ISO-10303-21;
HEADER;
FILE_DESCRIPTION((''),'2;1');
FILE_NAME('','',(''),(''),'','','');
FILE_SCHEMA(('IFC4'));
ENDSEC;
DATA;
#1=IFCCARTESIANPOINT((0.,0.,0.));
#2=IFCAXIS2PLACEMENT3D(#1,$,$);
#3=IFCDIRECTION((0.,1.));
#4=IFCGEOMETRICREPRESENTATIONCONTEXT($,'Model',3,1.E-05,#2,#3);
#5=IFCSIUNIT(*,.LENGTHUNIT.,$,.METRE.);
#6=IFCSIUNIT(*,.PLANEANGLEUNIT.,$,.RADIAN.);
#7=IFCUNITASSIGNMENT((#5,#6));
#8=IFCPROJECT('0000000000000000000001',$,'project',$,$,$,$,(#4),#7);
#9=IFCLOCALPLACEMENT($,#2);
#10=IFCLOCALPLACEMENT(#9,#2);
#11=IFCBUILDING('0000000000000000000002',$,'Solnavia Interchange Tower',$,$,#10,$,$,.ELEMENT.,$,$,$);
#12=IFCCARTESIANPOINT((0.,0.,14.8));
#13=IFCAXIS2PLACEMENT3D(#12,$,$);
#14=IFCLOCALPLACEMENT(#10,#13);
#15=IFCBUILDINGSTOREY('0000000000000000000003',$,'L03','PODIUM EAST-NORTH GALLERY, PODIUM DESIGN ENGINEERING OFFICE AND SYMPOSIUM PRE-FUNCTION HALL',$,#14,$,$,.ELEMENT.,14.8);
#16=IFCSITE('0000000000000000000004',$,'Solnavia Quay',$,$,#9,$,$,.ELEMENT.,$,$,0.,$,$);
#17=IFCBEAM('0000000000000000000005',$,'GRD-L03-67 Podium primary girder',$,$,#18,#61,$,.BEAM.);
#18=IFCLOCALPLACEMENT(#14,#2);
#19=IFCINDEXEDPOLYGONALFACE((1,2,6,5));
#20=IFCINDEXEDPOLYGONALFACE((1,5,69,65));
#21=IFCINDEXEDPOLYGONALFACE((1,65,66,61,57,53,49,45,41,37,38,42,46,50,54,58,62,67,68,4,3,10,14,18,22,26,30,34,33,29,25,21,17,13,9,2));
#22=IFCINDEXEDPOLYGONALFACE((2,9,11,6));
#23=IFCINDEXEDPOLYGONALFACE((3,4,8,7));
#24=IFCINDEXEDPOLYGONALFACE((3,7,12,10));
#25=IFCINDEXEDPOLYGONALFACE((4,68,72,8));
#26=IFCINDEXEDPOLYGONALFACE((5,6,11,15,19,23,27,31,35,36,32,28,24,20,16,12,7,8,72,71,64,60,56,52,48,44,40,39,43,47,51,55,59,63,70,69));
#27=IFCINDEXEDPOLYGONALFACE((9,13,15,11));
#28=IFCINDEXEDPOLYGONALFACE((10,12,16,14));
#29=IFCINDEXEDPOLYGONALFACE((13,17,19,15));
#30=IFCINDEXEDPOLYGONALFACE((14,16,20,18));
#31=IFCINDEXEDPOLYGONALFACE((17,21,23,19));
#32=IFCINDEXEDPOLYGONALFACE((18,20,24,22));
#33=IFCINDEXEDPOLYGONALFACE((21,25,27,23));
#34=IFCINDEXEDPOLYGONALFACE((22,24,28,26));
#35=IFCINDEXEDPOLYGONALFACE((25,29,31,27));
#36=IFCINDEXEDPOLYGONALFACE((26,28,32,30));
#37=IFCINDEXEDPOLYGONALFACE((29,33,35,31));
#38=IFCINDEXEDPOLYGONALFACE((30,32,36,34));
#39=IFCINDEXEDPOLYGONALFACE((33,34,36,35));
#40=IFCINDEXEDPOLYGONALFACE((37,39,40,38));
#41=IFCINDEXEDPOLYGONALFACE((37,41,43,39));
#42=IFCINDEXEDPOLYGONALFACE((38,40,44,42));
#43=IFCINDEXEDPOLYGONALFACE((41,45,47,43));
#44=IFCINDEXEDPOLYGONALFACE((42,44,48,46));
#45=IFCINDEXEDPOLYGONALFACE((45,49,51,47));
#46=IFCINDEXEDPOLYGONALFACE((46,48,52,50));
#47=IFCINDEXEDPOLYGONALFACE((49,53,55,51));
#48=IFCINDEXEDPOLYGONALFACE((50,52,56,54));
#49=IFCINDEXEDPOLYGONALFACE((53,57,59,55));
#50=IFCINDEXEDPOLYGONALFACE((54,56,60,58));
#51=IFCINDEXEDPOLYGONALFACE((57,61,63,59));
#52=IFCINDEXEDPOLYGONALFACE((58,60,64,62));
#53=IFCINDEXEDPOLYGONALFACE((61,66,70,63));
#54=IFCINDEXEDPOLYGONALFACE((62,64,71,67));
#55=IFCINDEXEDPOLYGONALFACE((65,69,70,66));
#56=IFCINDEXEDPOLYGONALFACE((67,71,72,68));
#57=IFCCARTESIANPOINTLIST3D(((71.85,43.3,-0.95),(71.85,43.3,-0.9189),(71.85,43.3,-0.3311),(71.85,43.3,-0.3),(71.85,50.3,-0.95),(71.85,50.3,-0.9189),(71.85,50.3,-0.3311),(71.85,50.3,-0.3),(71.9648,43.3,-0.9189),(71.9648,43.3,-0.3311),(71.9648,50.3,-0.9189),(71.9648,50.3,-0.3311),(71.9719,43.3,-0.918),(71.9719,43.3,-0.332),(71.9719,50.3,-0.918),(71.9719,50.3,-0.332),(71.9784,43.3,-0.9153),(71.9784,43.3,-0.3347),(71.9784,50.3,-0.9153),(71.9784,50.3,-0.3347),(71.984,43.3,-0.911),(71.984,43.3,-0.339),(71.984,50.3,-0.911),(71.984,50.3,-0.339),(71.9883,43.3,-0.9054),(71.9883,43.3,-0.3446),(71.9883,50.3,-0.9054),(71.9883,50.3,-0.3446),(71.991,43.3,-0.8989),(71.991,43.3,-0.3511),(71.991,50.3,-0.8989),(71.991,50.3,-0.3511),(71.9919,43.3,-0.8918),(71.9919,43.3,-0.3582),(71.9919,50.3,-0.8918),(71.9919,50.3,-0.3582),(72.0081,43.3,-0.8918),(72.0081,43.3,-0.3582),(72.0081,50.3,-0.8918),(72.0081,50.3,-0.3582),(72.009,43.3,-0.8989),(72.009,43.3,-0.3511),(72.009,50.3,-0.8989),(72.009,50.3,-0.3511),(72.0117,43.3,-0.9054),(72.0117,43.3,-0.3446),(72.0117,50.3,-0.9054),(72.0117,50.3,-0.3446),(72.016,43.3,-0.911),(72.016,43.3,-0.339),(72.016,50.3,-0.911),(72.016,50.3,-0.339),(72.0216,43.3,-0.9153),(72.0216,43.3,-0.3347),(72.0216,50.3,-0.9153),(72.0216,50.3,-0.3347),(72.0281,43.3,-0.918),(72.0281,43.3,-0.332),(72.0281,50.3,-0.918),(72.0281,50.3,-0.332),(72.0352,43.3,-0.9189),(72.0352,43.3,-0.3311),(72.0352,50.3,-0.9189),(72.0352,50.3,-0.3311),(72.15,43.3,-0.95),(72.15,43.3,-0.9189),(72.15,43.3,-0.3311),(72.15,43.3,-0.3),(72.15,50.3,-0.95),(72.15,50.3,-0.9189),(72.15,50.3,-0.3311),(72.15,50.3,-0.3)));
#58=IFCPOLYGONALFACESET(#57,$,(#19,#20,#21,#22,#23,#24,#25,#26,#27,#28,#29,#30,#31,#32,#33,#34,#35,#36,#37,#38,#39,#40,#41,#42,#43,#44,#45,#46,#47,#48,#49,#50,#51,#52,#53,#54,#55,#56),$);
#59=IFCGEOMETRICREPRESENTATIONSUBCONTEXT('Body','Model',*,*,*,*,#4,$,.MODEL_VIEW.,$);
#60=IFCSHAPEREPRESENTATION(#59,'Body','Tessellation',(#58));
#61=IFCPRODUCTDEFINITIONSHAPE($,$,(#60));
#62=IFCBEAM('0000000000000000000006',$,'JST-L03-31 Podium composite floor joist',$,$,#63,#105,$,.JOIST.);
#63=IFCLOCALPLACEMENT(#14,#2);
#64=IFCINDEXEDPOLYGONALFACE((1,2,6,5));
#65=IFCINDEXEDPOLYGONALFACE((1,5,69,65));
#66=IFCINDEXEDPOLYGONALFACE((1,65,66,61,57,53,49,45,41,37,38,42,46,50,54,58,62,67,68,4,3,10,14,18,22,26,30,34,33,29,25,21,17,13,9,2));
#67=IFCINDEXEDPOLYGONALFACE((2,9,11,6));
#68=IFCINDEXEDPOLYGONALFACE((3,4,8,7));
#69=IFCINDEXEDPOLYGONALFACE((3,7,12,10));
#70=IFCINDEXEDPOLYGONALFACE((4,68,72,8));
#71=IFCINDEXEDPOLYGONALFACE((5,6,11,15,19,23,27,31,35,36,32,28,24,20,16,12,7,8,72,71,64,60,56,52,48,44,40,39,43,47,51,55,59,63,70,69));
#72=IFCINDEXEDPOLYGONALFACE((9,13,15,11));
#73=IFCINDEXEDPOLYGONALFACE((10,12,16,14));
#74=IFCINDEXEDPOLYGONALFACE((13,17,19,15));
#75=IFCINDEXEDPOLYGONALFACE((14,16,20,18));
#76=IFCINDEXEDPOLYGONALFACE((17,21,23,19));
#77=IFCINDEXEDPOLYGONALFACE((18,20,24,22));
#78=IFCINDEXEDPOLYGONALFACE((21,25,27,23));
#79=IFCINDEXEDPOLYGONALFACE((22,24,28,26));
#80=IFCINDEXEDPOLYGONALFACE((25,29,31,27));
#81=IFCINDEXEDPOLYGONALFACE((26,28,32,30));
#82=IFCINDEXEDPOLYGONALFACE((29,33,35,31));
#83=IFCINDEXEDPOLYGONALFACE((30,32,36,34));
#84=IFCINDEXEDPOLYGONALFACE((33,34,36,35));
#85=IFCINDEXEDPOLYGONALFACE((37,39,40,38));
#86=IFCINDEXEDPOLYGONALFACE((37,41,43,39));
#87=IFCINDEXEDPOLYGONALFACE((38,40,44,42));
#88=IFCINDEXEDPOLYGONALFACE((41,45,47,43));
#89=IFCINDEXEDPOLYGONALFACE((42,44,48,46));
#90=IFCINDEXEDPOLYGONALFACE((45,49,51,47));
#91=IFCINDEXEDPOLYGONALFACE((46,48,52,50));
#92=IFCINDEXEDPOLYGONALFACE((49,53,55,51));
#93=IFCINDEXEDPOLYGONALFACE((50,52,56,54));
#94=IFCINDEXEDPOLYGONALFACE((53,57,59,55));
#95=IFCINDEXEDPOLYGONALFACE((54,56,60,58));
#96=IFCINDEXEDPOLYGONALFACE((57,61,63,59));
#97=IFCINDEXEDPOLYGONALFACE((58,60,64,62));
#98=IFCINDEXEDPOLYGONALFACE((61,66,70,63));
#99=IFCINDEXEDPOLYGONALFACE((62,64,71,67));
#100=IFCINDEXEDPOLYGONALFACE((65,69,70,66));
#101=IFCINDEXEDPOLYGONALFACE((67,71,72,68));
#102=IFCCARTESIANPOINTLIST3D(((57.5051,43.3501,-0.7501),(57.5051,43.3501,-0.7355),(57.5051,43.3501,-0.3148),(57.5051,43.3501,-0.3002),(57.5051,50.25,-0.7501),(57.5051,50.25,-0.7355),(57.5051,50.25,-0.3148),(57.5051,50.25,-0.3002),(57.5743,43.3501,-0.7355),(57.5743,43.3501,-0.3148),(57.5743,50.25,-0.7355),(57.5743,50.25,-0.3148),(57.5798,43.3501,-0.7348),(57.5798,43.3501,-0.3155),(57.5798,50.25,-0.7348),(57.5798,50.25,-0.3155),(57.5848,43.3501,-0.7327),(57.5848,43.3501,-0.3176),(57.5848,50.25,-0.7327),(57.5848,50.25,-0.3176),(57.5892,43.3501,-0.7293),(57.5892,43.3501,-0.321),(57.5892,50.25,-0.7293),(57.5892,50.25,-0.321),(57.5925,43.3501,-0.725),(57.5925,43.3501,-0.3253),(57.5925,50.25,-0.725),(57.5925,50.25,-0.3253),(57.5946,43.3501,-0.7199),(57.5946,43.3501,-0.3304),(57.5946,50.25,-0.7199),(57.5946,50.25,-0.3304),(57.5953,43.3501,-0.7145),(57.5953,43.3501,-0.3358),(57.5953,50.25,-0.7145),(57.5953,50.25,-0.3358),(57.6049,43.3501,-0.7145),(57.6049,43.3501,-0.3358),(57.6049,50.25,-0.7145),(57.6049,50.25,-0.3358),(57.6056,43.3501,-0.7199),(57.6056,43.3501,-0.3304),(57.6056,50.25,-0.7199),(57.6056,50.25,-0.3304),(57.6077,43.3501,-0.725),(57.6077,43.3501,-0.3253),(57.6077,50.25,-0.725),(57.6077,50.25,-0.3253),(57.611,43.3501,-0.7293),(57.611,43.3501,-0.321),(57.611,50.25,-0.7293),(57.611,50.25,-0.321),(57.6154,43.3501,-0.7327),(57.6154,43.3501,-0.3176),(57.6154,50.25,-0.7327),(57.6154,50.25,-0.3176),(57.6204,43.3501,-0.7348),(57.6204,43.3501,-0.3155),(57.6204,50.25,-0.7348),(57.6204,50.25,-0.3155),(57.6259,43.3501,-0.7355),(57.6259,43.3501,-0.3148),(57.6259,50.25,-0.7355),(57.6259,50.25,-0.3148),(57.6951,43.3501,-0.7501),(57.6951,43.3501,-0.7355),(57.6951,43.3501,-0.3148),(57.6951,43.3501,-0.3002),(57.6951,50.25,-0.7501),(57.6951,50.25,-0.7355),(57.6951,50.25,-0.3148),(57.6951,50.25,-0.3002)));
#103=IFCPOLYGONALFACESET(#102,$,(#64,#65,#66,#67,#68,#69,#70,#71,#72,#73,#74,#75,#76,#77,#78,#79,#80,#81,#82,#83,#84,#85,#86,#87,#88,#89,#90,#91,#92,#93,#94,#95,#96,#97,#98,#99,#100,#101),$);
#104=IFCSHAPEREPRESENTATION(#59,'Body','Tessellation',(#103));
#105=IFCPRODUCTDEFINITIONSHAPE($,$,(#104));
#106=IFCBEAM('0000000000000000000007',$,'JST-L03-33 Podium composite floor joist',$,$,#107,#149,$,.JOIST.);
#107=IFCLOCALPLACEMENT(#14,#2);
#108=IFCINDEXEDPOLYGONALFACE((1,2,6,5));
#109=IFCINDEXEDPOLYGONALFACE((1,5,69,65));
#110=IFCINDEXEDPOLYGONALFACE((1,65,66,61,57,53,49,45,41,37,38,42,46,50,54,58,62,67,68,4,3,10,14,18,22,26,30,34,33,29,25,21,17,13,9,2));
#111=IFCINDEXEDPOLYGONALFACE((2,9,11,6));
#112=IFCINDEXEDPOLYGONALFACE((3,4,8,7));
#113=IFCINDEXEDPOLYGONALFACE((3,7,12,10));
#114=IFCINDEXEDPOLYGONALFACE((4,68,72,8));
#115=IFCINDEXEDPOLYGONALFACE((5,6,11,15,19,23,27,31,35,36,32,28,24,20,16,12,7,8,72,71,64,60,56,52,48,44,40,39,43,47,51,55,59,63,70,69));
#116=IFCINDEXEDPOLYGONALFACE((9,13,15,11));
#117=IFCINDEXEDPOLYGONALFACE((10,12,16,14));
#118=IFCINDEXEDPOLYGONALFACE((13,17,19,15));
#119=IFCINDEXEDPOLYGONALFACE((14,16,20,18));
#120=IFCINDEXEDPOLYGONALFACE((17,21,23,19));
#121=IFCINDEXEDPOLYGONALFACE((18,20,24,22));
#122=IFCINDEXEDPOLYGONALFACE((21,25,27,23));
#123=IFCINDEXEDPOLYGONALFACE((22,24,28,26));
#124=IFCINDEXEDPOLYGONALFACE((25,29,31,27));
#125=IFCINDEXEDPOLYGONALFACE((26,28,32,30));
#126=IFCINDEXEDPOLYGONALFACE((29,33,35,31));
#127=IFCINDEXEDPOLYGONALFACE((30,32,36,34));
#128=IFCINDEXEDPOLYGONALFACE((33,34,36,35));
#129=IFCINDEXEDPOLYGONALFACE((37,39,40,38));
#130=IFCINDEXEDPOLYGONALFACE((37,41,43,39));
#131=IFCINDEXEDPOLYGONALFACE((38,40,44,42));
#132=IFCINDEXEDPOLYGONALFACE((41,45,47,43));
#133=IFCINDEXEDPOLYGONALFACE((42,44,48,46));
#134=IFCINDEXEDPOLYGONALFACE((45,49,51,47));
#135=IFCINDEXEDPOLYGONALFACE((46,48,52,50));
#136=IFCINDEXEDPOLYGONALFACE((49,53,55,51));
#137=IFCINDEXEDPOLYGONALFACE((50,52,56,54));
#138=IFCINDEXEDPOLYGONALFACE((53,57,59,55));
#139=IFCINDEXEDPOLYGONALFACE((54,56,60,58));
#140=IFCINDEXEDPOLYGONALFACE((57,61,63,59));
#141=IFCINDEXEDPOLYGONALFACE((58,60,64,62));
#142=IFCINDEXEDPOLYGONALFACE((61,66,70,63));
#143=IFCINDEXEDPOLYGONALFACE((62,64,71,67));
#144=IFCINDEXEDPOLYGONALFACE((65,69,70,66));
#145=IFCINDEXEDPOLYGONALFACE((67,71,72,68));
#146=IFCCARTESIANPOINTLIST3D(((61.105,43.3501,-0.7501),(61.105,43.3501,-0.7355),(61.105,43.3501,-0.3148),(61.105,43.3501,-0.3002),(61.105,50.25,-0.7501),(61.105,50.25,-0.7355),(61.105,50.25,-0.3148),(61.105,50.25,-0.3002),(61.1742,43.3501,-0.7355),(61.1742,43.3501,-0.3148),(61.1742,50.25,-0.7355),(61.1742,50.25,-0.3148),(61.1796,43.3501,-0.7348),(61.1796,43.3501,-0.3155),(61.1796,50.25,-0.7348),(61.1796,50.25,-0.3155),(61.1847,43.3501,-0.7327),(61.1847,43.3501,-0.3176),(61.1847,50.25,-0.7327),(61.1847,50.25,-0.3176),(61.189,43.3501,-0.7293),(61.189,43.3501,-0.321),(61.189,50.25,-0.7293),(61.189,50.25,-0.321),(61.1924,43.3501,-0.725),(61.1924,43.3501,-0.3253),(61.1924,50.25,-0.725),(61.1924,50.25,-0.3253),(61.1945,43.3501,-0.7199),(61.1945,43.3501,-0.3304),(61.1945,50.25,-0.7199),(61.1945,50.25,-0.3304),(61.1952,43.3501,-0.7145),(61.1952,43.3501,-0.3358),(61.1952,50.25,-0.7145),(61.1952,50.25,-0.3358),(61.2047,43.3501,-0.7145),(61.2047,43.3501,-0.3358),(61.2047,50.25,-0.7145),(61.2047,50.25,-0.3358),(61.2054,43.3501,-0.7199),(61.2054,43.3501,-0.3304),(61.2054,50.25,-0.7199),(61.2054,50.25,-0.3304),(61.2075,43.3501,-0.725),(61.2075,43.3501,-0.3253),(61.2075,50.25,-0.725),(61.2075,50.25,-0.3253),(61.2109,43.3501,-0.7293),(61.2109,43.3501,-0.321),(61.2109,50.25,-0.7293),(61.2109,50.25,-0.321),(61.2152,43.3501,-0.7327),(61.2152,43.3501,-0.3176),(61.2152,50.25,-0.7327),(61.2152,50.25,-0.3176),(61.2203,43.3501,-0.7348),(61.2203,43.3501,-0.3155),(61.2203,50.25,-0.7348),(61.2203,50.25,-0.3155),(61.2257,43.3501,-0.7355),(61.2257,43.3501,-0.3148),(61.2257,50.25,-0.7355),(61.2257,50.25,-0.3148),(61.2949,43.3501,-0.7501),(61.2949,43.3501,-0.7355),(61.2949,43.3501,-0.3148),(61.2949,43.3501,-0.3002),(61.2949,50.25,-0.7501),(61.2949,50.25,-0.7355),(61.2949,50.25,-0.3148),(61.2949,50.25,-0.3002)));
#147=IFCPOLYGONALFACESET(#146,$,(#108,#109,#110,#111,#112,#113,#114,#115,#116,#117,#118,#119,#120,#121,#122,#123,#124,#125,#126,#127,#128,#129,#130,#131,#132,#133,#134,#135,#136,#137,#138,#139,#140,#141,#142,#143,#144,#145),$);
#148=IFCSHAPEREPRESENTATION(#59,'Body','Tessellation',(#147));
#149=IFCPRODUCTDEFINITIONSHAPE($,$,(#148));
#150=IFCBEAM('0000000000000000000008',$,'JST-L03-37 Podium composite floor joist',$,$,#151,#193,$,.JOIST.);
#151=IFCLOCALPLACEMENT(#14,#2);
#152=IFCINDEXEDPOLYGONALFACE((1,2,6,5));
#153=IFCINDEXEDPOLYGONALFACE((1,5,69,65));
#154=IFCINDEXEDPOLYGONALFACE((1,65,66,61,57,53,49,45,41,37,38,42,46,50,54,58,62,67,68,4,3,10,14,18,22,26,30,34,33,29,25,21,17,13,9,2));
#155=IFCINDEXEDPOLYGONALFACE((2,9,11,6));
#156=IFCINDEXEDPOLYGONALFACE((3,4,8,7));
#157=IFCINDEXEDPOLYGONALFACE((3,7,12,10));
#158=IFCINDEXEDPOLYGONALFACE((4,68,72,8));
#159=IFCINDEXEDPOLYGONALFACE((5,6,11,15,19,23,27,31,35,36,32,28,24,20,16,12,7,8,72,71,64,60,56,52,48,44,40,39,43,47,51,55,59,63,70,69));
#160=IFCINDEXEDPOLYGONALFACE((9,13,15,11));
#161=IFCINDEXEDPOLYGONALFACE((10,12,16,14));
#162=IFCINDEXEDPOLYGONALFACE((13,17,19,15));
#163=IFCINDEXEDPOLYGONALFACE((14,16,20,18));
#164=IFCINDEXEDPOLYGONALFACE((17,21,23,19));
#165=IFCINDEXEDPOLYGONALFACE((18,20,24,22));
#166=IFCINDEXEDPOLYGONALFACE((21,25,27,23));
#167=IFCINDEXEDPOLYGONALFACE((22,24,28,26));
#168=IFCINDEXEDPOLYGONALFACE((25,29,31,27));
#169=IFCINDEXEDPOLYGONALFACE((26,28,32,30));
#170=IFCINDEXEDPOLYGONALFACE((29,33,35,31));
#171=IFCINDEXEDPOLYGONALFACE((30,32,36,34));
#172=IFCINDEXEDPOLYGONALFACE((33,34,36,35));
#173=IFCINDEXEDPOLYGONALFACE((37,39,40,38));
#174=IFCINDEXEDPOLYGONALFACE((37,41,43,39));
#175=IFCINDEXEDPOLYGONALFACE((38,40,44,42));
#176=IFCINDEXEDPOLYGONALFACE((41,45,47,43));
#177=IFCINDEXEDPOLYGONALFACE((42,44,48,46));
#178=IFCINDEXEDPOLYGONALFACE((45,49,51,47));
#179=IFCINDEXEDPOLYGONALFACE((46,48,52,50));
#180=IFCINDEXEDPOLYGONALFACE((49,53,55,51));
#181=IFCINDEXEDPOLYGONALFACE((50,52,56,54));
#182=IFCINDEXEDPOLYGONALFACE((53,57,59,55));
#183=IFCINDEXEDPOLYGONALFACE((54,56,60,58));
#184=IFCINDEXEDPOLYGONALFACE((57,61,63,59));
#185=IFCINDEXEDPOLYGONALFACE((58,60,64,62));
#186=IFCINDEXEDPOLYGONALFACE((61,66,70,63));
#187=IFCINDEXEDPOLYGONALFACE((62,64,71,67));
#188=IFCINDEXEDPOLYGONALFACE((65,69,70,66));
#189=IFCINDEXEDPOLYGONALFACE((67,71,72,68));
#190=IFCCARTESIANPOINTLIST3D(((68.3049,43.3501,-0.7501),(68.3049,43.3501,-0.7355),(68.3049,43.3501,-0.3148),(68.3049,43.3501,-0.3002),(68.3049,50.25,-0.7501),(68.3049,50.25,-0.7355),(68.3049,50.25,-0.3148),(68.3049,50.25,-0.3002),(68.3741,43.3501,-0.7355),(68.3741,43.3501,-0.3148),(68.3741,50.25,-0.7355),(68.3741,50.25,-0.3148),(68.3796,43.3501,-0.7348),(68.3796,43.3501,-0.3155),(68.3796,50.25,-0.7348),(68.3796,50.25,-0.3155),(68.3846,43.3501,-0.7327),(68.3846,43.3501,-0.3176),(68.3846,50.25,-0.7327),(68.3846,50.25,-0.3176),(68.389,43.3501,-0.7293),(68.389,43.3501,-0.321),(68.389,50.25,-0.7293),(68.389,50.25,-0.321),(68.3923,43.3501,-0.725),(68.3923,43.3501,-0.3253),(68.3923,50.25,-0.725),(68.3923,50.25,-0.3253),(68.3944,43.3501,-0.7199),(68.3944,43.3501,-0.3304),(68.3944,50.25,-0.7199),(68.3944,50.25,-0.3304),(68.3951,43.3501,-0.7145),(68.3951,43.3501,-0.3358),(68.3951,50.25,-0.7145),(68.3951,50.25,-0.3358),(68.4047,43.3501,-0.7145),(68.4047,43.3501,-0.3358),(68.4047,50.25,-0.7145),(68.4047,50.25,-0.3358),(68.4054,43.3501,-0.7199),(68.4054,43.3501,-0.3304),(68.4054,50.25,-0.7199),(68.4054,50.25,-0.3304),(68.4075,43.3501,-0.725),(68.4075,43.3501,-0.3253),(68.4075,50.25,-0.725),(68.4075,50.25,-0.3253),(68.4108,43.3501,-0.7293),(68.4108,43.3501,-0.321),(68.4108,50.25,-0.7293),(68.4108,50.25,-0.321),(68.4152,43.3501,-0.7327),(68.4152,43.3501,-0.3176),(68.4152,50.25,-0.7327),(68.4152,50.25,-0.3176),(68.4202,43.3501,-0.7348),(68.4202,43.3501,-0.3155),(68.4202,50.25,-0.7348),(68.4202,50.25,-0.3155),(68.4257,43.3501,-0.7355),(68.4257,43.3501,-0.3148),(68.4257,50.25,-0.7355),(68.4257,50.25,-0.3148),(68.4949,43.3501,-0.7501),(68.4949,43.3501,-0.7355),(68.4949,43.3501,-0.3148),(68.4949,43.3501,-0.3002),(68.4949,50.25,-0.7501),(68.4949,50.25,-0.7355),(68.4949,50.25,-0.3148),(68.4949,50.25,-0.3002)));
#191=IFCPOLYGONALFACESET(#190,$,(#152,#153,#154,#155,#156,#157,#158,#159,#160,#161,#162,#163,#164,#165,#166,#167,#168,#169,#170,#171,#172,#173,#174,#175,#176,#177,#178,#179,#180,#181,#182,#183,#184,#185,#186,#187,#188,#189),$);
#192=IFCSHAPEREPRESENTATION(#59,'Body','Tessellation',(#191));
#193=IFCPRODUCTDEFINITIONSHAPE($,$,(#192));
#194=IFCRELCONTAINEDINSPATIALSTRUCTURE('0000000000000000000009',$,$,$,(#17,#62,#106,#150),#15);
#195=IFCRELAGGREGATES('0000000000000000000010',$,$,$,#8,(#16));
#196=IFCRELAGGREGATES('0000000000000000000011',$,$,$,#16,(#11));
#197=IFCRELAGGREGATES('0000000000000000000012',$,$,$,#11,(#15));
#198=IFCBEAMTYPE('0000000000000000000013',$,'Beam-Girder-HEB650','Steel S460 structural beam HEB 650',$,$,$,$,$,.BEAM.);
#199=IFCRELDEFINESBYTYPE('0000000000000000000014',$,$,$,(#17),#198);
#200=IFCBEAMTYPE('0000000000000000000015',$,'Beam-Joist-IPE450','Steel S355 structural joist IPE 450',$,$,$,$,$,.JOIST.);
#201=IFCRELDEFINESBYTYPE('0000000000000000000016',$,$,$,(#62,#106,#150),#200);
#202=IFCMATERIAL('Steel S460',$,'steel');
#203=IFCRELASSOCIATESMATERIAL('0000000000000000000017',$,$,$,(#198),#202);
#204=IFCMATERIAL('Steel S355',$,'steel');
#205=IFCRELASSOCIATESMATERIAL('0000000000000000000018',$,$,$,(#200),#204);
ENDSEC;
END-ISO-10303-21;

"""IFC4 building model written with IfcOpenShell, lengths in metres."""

from ifc_helpers import new_model, si_unit, direction, frame, origin, origin_2d, place, context, subcontext, project, spatial, i_section, extrude, material, material_profile, profile_set, type_object, element, save


model = new_model("IFC4")

# Units and contexts
model_context = context("Model", 3, precision=1e-05, world=origin(), true_north=direction((0.0, 1.0)))
body_context = subcontext(model_context, "Body", "Model", "MODEL_VIEW")
ifc_project = project(units=[si_unit("LENGTHUNIT", "METRE"), si_unit("PLANEANGLEUNIT", "RADIAN")], contexts=[model_context])

# Site, building, storey
site_placement = place(None, origin())
site = spatial("IfcSite", under=ifc_project, at=site_placement, Name="Solnavia Quay", CompositionType="ELEMENT", RefElevation=0.0)
building_placement = place(site_placement, origin())
building = spatial("IfcBuilding", under=site, at=building_placement, Name="Solnavia Interchange Tower", CompositionType="ELEMENT")
storey_placement = place(building_placement, frame((0.0, 0.0, 14.8)))
storey = spatial("IfcBuildingStorey", under=building, at=storey_placement, Name="L03", Description="PODIUM EAST-NORTH GALLERY, PODIUM DESIGN ENGINEERING OFFICE AND SYMPOSIUM PRE-FUNCTION HALL", CompositionType="ELEMENT", Elevation=14.8)

# Beams
ifc_material_1 = material(Name="Steel S460", Category="steel")
ifc_material_profile_1 = material_profile(ifc_material_1, i_section(OverallWidth=0.3, OverallDepth=0.6499, WebThickness=0.0161, FlangeThickness=0.031, FilletRadius=0.0271, at=origin_2d()), Name="HEB 650")
ifc_profile_set_1 = profile_set([ifc_material_profile_1], Name="Steel S460")
beam_type_1 = type_object("IfcBeamType", Name="Beam-Girder-HEB650", Description="Steel S460 structural beam HEB 650", PredefinedType="BEAM", material=ifc_profile_set_1)
for number, where, z_axis, x_axis, name in (
    (1, (72.0, 43.3, -0.625), (0.0, 1.0, 0.0), (-1.0, 0.0, 0.0), "GRD-L03-67 Podium primary girder"),
):
    element("IfcBeam", number, at=place(storey_placement, frame(where, z_axis=z_axis, x_axis=x_axis)), inside=storey, type_object=beam_type_1, Name=name, PredefinedType="BEAM", context=body_context, shape_type="SweptSolid", body=[
        extrude(i_section(OverallWidth=0.3, OverallDepth=0.6499, WebThickness=0.0161, FlangeThickness=0.031, FilletRadius=0.0271, at=origin_2d()), origin(), (0.0, 0.0, 1.0), 7.0),
    ])
ifc_material_2 = material(Name="Steel S355", Category="steel")
ifc_material_profile_2 = material_profile(ifc_material_2, i_section(OverallWidth=0.1899, OverallDepth=0.45, WebThickness=0.0095, FlangeThickness=0.0146, FilletRadius=0.021, at=origin_2d()), Name="IPE 450")
ifc_profile_set_2 = profile_set([ifc_material_profile_2], Name="Steel S355")
beam_type_2 = type_object("IfcBeamType", Name="Beam-Joist-IPE450", Description="Steel S355 structural joist IPE 450", PredefinedType="JOIST", material=ifc_profile_set_2)
for number, where, z_axis, x_axis, name in (
    (2, (57.6001, 43.3501, -0.5251), (0.0, 1.0, 0.0), (-1.0, 0.0, 0.0), "JST-L03-31 Podium composite floor joist"),
    (3, (61.2, 43.3501, -0.5251), (0.0, 1.0, 0.0), (-1.0, 0.0, 0.0), "JST-L03-33 Podium composite floor joist"),
    (4, (68.3999, 43.3501, -0.5251), (0.0, 1.0, 0.0), (-1.0, 0.0, 0.0), "JST-L03-37 Podium composite floor joist"),
):
    element("IfcBeam", number, at=place(storey_placement, frame(where, z_axis=z_axis, x_axis=x_axis)), inside=storey, type_object=beam_type_2, Name=name, PredefinedType="JOIST", context=body_context, shape_type="SweptSolid", body=[
        extrude(i_section(OverallWidth=0.1899, OverallDepth=0.45, WebThickness=0.0095, FlangeThickness=0.0146, FilletRadius=0.021, at=origin_2d()), origin(), (0.0, 0.0, 1.0), 6.8999),
    ])

save(model, "model.ifc")
